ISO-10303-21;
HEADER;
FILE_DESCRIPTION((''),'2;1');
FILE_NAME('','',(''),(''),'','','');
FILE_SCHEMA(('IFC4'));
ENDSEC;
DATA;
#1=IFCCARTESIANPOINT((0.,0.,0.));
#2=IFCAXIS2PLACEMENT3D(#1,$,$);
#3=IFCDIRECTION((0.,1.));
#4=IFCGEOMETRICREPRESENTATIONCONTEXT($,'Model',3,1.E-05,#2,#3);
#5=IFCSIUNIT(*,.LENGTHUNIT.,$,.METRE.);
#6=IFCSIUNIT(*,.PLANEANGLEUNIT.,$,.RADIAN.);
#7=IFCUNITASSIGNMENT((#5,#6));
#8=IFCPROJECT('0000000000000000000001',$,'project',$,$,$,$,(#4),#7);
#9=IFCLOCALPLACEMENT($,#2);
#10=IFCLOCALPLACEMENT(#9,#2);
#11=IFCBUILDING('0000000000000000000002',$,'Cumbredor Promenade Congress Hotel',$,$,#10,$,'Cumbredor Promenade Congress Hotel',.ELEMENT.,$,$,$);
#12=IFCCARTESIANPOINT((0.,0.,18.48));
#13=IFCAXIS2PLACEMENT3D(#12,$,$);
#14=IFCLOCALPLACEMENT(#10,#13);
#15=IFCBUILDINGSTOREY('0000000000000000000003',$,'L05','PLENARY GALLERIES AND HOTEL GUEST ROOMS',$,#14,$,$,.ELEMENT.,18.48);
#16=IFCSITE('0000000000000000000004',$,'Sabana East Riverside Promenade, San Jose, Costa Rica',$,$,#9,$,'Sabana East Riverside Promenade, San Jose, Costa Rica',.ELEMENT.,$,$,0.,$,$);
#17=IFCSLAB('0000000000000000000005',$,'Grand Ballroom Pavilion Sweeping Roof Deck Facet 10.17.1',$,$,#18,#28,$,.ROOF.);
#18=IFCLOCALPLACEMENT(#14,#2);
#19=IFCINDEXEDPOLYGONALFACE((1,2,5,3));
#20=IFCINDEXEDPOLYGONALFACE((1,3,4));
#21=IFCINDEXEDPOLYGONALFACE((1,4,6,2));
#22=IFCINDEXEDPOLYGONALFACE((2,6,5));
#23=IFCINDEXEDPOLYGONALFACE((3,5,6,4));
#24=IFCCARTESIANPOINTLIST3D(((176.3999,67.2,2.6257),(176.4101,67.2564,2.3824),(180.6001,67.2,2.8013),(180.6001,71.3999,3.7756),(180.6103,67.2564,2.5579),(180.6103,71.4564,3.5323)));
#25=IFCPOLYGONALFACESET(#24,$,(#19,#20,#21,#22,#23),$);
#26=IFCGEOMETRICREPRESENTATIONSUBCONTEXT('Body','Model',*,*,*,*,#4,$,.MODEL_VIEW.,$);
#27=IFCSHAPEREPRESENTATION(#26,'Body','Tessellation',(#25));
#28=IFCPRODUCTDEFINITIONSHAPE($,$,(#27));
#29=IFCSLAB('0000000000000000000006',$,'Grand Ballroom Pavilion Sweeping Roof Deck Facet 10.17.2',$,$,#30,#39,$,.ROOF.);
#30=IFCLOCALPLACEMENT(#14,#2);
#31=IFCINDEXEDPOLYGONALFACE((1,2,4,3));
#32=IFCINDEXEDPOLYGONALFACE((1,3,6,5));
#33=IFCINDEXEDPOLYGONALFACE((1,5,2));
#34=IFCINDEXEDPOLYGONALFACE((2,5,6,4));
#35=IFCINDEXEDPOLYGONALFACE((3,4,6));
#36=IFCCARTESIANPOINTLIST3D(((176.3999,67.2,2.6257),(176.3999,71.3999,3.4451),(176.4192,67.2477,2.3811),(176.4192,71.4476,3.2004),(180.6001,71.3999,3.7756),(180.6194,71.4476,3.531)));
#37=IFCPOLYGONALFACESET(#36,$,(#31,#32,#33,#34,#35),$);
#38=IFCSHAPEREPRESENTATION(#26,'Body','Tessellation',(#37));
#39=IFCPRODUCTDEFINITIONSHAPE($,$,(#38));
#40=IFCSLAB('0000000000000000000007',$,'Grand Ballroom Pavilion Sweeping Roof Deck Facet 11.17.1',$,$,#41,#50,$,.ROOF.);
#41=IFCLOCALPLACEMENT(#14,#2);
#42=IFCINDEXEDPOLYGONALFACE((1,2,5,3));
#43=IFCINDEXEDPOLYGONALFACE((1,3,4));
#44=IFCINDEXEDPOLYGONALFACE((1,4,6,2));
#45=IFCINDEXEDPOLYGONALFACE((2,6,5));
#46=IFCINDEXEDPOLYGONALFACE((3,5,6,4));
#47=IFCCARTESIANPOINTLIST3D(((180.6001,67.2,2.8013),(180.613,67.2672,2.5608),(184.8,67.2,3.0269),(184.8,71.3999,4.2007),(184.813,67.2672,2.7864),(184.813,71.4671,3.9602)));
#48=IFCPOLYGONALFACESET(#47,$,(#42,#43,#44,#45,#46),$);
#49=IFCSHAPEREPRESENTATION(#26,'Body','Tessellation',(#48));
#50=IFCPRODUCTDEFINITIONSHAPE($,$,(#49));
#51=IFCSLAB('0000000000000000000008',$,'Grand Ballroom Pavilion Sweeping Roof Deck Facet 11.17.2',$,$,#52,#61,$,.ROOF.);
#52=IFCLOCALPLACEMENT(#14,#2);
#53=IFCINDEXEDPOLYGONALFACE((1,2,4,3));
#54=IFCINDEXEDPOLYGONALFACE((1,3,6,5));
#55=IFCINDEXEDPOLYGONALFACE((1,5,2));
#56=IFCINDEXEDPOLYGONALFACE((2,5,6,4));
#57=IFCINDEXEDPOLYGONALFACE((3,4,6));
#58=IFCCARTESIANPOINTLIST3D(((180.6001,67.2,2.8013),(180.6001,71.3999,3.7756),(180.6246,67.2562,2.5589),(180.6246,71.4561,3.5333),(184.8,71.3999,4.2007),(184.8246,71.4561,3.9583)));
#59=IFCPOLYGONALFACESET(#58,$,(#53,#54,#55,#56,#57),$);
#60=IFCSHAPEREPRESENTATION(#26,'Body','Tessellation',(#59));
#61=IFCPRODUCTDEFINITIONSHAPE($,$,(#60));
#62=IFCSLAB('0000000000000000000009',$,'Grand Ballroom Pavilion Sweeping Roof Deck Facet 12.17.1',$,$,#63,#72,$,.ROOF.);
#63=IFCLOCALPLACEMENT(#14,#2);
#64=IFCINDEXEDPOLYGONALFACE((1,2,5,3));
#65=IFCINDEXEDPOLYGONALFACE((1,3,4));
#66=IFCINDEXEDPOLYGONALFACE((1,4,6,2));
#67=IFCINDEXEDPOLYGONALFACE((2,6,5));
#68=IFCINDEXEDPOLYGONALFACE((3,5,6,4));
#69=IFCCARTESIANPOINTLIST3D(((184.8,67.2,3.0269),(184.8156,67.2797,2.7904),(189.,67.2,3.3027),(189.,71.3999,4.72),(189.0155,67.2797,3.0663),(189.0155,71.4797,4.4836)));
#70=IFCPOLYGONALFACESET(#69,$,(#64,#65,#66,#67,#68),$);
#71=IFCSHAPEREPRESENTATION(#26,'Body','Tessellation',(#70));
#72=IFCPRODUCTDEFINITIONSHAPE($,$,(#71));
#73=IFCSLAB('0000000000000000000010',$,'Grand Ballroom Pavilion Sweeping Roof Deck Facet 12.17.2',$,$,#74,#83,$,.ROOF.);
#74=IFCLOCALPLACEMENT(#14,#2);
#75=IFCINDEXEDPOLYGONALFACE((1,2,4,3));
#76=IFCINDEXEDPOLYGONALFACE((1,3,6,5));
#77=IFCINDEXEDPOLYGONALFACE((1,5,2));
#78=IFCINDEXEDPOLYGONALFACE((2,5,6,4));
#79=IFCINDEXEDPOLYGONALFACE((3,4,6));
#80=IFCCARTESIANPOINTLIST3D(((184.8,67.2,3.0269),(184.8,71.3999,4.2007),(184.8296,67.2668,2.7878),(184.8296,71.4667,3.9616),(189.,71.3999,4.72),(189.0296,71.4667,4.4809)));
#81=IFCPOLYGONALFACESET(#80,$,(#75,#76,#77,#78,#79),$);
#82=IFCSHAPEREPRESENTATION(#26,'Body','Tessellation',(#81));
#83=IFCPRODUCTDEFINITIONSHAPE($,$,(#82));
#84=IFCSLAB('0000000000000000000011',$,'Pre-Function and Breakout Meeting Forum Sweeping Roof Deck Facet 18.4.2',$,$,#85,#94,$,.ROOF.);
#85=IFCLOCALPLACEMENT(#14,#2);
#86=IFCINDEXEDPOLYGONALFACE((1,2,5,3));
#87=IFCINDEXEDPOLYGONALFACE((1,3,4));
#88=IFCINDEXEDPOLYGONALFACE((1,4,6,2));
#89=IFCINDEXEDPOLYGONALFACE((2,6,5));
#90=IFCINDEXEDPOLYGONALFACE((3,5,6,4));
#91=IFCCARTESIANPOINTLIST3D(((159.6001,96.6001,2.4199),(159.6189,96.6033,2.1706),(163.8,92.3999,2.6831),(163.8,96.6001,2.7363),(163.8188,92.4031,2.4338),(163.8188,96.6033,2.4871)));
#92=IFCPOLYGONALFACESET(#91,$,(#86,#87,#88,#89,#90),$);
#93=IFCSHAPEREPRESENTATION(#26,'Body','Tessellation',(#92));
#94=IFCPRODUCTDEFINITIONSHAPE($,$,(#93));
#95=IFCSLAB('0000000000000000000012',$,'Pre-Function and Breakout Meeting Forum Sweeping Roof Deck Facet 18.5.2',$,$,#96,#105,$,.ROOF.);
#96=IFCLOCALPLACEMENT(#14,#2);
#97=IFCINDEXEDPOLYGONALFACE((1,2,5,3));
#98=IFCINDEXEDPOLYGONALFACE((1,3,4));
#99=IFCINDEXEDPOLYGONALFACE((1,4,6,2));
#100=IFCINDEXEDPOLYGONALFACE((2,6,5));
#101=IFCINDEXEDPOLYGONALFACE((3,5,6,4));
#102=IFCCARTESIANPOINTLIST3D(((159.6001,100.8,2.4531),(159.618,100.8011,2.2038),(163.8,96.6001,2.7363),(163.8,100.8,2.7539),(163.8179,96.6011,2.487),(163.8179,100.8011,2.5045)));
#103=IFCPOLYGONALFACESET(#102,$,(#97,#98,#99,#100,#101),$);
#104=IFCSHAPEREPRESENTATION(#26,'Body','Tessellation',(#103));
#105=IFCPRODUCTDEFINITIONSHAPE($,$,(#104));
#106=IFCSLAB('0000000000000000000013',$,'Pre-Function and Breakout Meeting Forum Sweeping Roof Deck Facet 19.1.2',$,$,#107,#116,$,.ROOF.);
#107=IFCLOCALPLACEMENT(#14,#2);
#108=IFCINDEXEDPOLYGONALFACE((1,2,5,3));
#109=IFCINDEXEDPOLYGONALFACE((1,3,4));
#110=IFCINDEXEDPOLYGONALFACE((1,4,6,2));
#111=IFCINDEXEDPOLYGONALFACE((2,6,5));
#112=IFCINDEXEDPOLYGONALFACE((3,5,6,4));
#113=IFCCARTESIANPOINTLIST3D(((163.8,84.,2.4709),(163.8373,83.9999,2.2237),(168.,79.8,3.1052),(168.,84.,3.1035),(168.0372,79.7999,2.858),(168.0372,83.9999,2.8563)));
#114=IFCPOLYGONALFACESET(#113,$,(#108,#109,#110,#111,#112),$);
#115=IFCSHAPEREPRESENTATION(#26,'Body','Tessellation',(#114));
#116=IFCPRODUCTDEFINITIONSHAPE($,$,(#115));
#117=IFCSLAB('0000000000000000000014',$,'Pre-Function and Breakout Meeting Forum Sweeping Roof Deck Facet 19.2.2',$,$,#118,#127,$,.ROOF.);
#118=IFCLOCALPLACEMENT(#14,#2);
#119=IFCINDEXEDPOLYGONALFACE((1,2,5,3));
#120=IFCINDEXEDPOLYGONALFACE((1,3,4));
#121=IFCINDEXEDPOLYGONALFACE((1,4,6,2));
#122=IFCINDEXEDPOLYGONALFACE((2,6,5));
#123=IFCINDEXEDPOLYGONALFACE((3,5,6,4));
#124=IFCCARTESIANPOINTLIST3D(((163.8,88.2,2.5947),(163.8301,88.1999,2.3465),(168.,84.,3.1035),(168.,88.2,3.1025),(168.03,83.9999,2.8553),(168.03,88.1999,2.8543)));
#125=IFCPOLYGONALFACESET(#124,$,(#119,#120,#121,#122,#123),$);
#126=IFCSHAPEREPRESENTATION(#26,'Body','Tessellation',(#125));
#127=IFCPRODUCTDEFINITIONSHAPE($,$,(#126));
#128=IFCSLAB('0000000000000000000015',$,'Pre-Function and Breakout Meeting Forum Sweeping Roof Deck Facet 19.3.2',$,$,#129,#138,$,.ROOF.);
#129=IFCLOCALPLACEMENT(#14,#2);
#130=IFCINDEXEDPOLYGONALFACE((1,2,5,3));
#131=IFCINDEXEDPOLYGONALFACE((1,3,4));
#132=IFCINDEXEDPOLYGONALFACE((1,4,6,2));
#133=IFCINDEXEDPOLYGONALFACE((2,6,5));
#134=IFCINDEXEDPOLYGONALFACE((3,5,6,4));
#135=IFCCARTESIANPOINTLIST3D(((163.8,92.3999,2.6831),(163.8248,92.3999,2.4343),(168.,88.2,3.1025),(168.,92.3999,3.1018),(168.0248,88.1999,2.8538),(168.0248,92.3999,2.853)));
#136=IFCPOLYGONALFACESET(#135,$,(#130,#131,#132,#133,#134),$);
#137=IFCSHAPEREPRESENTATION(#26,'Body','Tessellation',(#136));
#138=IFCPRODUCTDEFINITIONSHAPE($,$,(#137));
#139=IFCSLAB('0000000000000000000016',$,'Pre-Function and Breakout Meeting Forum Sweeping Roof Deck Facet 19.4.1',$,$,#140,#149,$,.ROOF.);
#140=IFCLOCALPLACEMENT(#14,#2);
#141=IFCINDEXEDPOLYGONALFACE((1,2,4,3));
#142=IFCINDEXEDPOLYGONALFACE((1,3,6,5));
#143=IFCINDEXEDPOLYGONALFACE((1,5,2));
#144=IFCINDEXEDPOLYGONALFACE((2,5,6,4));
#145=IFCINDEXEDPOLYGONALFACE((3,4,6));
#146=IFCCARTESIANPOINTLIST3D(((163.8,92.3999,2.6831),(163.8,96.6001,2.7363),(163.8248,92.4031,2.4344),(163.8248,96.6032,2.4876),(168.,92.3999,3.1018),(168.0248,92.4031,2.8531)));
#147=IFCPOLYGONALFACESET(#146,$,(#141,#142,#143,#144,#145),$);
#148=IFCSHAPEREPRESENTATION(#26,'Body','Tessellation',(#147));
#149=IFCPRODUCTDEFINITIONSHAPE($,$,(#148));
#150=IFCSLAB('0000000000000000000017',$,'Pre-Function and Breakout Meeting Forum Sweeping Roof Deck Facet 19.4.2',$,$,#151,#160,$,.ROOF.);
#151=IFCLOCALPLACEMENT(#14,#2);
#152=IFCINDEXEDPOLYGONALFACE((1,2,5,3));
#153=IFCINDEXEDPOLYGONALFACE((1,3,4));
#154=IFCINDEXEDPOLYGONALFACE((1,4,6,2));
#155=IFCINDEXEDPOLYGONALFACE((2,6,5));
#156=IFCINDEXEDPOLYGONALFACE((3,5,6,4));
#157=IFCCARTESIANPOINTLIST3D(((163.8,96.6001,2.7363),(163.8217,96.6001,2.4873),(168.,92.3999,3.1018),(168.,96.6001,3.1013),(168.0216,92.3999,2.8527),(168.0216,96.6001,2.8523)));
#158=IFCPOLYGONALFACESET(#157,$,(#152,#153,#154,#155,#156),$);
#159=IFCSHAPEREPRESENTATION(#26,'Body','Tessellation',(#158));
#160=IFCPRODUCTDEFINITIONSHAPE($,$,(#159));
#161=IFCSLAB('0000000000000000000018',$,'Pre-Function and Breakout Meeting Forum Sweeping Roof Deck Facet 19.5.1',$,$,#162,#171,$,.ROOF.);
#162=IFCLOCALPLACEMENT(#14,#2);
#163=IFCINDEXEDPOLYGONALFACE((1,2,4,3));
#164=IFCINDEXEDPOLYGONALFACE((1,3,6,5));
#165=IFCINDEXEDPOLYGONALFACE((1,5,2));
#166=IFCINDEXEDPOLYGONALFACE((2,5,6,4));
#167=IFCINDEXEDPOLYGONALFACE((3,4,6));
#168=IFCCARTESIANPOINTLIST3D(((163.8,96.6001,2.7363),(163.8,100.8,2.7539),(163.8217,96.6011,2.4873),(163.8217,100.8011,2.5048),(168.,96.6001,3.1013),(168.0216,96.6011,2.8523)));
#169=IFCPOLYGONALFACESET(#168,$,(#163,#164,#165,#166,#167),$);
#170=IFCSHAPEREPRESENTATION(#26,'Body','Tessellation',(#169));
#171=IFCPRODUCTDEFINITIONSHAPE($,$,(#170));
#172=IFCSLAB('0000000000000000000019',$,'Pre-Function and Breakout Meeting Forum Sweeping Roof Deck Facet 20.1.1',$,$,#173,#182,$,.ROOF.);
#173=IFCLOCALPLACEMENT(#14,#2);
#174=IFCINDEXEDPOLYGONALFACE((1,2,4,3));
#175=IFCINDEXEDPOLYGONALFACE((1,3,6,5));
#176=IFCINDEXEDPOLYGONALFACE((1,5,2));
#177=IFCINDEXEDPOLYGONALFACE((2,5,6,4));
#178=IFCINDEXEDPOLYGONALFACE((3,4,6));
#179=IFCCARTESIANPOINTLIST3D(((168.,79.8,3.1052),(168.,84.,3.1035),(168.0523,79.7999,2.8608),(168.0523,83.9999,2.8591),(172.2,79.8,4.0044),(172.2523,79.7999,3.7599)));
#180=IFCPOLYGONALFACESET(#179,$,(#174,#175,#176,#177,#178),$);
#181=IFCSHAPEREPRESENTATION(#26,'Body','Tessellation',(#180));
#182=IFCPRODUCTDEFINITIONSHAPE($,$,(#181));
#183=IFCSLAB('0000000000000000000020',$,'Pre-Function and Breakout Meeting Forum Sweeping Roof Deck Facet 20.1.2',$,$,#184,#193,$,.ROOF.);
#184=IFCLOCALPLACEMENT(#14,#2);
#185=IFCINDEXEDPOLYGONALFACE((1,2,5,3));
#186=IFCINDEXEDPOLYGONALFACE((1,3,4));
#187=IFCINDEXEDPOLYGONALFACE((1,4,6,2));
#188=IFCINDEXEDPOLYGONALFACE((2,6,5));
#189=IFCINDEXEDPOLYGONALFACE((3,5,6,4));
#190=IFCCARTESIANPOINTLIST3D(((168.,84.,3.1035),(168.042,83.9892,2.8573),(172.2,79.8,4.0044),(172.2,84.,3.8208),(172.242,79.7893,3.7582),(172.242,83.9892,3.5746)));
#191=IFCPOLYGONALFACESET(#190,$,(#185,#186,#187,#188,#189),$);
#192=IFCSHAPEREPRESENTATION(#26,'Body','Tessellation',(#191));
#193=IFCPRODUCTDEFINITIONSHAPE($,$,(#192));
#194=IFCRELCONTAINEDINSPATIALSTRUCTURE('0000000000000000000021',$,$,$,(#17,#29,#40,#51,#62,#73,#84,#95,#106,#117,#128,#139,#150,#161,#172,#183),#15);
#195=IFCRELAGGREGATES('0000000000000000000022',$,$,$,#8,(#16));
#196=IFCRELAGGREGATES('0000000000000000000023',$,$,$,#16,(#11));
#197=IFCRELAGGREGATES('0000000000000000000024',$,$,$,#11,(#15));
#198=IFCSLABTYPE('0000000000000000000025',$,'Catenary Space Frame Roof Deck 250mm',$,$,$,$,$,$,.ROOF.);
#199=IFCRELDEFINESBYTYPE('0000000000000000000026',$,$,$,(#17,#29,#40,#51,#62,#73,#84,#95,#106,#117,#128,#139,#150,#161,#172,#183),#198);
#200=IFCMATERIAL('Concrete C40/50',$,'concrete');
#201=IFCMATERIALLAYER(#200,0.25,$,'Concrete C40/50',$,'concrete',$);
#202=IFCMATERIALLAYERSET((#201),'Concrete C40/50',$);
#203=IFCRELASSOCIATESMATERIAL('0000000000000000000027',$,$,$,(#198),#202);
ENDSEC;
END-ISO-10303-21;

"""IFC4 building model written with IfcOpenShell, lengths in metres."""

from ifc_helpers import new_model, si_unit, direction, frame, origin, place, context, subcontext, project, spatial, polyline, outline, extrude, material, layer, layer_set, type_object, element, save


model = new_model("IFC4")

# Units and contexts
model_context = context("Model", 3, precision=1e-05, world=origin(), true_north=direction((0.0, 1.0)))
body_context = subcontext(model_context, "Body", "Model", "MODEL_VIEW")
ifc_project = project(units=[si_unit("LENGTHUNIT", "METRE"), si_unit("PLANEANGLEUNIT", "RADIAN")], contexts=[model_context])

# Site, building, storey
site_placement = place(None, origin())
site = spatial("IfcSite", under=ifc_project, at=site_placement, Name="Sabana East Riverside Promenade, San Jose, Costa Rica", LongName="Sabana East Riverside Promenade, San Jose, Costa Rica", CompositionType="ELEMENT", RefElevation=0.0)
building_placement = place(site_placement, origin())
building = spatial("IfcBuilding", under=site, at=building_placement, Name="Cumbredor Promenade Congress Hotel", LongName="Cumbredor Promenade Congress Hotel", CompositionType="ELEMENT")
storey_placement = place(building_placement, frame((0.0, 0.0, 18.48)))
storey = spatial("IfcBuildingStorey", under=building, at=storey_placement, Name="L05", Description="PLENARY GALLERIES AND HOTEL GUEST ROOMS", CompositionType="ELEMENT", Elevation=18.48)

# Slabs
ifc_material_1 = material(Name="Concrete C40/50", Category="concrete")
ifc_layer_1 = layer(ifc_material_1, 0.25, Name="Concrete C40/50", Category="concrete")
ifc_layer_set_1 = layer_set([ifc_layer_1], Name="Concrete C40/50")
slab_type = type_object("IfcSlabType", Name="Catenary Space Frame Roof Deck 250mm", PredefinedType="ROOF", material=ifc_layer_set_1)
slab_1_placement = place(storey_placement, frame((176.3999, 67.2, 2.6257), z_axis=(-0.040678, -0.225805, 0.973323), x_axis=(0.999128, 0.0, 0.041756)))
element("IfcSlab", 1, at=slab_1_placement, inside=storey, type_object=slab_type, Name="Grand Ballroom Pavilion Sweeping Roof Deck Facet 10.17.1", PredefinedType="ROOF", context=body_context, shape_type="SweptSolid", body=[
    extrude(outline(polyline([(0.0, 0.0), (4.2039, 0.0), (4.2445, 4.3113), (0.0, 0.0)])), origin(), (0.0, 0.0, -1.0), 0.25),
])
slab_2_placement = place(storey_placement, frame((176.3999, 67.2, 2.6257), z_axis=(-0.077017, -0.190904, 0.978583), x_axis=(0.694238, 0.694197, 0.190064)))
element("IfcSlab", 2, at=slab_2_placement, inside=storey, type_object=slab_type, Name="Grand Ballroom Pavilion Sweeping Roof Deck Facet 10.17.2", PredefinedType="ROOF", context=body_context, shape_type="SweptSolid", body=[
    extrude(outline(polyline([(0.0, 0.0), (6.0501, 0.0), (3.0713, 2.9796), (0.0, 0.0)])), origin(), (0.0, 0.0, -1.0), 0.25),
])
slab_3_placement = place(storey_placement, frame((180.6001, 67.2, 2.8013), z_axis=(-0.05166, -0.268812, 0.961806), x_axis=(0.998561, 0.0, 0.053634)))
element("IfcSlab", 3, at=slab_3_placement, inside=storey, type_object=slab_type, Name="Grand Ballroom Pavilion Sweeping Roof Deck Facet 11.17.1", PredefinedType="ROOF", context=body_context, shape_type="SweptSolid", body=[
    extrude(outline(polyline([(0.0, 0.0), (4.206, 0.0), (4.269, 4.3604), (0.0, 0.0)])), origin(), (0.0, 0.0, -1.0), 0.25),
])
slab_4_placement = place(storey_placement, frame((180.6001, 67.2, 2.8013), z_axis=(-0.098109, -0.224902, 0.969429), x_axis=(0.688262, 0.688262, 0.229327)))
element("IfcSlab", 4, at=slab_4_placement, inside=storey, type_object=slab_type, Name="Grand Ballroom Pavilion Sweeping Roof Deck Facet 11.17.2", PredefinedType="ROOF", context=body_context, shape_type="SweptSolid", body=[
    extrude(outline(polyline([(0.0, 0.0), (6.1023, 0.0), (3.1141, 2.9818), (0.0, 0.0)])), origin(), (0.0, 0.0, -1.0), 0.25),
])
slab_5_placement = place(storey_placement, frame((184.8, 67.2, 3.0269), z_axis=(-0.062118, -0.319111, 0.945679), x_axis=(0.99785, 0.0, 0.065545)))
element("IfcSlab", 5, at=slab_5_placement, inside=storey, type_object=slab_type, Name="Grand Ballroom Pavilion Sweeping Roof Deck Facet 12.17.1", PredefinedType="ROOF", context=body_context, shape_type="SweptSolid", body=[
    extrude(outline(polyline([(0.0, 0.0), (4.209, 0.0), (4.3019, 4.4316), (0.0, 0.0)])), origin(), (0.0, 0.0, -1.0), 0.25),
])
slab_6_placement = place(storey_placement, frame((184.8, 67.2, 3.0269), z_axis=(-0.118243, -0.267283, 0.956336), x_axis=(0.680019, 0.680019, 0.274134)))
element("IfcSlab", 6, at=slab_6_placement, inside=storey, type_object=slab_type, Name="Grand Ballroom Pavilion Sweeping Roof Deck Facet 12.17.2", PredefinedType="ROOF", context=body_context, shape_type="SweptSolid", body=[
    extrude(outline(polyline([(0.0, 0.0), (6.1762, 0.0), (3.1778, 2.9864), (0.0, 0.0)])), origin(), (0.0, 0.0, -1.0), 0.25),
])
slab_7_placement = place(storey_placement, frame((163.8, 92.3999, 2.6831), z_axis=(-0.075117, -0.012635, 0.997095), x_axis=(0.0, 0.99992, 0.01267)))
element("IfcSlab", 7, at=slab_7_placement, inside=storey, type_object=slab_type, Name="Pre-Function and Breakout Meeting Forum Sweeping Roof Deck Facet 18.4.2", PredefinedType="ROOF", context=body_context, shape_type="SweptSolid", body=[
    extrude(outline(polyline([(0.0, 0.0), (4.2005, 0.0), (4.1965, 4.2119), (0.0, 0.0)])), origin(), (0.0, 0.0, -1.0), 0.25),
])
slab_8_placement = place(storey_placement, frame((163.8, 96.6001, 2.7363), z_axis=(-0.071432, -0.004175, 0.997437), x_axis=(0.0, 0.999991, 0.004185)))
element("IfcSlab", 8, at=slab_8_placement, inside=storey, type_object=slab_type, Name="Pre-Function and Breakout Meeting Forum Sweeping Roof Deck Facet 18.5.2", PredefinedType="ROOF", context=body_context, shape_type="SweptSolid", body=[
    extrude(outline(polyline([(0.0, 0.0), (4.2, 0.0), (4.1987, 4.2107), (0.0, 0.0)])), origin(), (0.0, 0.0, -1.0), 0.25),
])
slab_9_placement = place(storey_placement, frame((168.0, 79.8, 3.1052), z_axis=(-0.148933, 0.000402, 0.988847), x_axis=(0.0, 1.0, -0.000407)))
element("IfcSlab", 9, at=slab_9_placement, inside=storey, type_object=slab_type, Name="Pre-Function and Breakout Meeting Forum Sweeping Roof Deck Facet 19.1.2", PredefinedType="ROOF", context=body_context, shape_type="SweptSolid", body=[
    extrude(outline(polyline([(0.0, 0.0), (4.2, 0.0), (4.2002, 4.2473), (0.0, 0.0)])), origin(), (0.0, 0.0, -1.0), 0.25),
])
slab_10_placement = place(storey_placement, frame((168.0, 84.0, 3.1035), z_axis=(-0.120035, 0.000231, 0.99277), x_axis=(0.0, 1.0, -0.000233)))
element("IfcSlab", 10, at=slab_10_placement, inside=storey, type_object=slab_type, Name="Pre-Function and Breakout Meeting Forum Sweeping Roof Deck Facet 19.2.2", PredefinedType="ROOF", context=body_context, shape_type="SweptSolid", body=[
    extrude(outline(polyline([(0.0, 0.0), (4.2, 0.0), (4.2001, 4.2305), (0.0, 0.0)])), origin(), (0.0, 0.0, -1.0), 0.25),
])
slab_11_placement = place(storey_placement, frame((168.0, 88.2, 3.1025), z_axis=(-0.0992, 0.000174, 0.995067), x_axis=(0.0, 1.0, -0.000174)))
element("IfcSlab", 11, at=slab_11_placement, inside=storey, type_object=slab_type, Name="Pre-Function and Breakout Meeting Forum Sweeping Roof Deck Facet 19.3.2", PredefinedType="ROOF", context=body_context, shape_type="SweptSolid", body=[
    extrude(outline(polyline([(0.0, 0.0), (4.2, 0.0), (4.2, 4.2208), (0.0, 0.0)])), origin(), (0.0, 0.0, -1.0), 0.25),
])
slab_12_placement = place(storey_placement, frame((163.8, 92.3999, 2.6831), z_axis=(-0.099192, -0.012608, 0.994988), x_axis=(0.995067, 0.0, 0.0992)))
element("IfcSlab", 12, at=slab_12_placement, inside=storey, type_object=slab_type, Name="Pre-Function and Breakout Meeting Forum Sweeping Roof Deck Facet 19.4.1", PredefinedType="ROOF", context=body_context, shape_type="SweptSolid", body=[
    extrude(outline(polyline([(0.0, 0.0), (4.2208, 0.0), (0.0053, 4.2005), (0.0, 0.0)])), origin(), (0.0, 0.0, -1.0), 0.25),
])
slab_13_placement = place(storey_placement, frame((168.0, 92.3999, 3.1018), z_axis=(-0.086577, 0.000116, 0.996245), x_axis=(0.0, 1.0, -0.000116)))
element("IfcSlab", 13, at=slab_13_placement, inside=storey, type_object=slab_type, Name="Pre-Function and Breakout Meeting Forum Sweeping Roof Deck Facet 19.4.2", PredefinedType="ROOF", context=body_context, shape_type="SweptSolid", body=[
    extrude(outline(polyline([(0.0, 0.0), (4.2002, 0.0), (4.2002, 4.2158), (0.0, 0.0)])), origin(), (0.0, 0.0, -1.0), 0.25),
])
slab_14_placement = place(storey_placement, frame((163.8, 96.6001, 2.7363), z_axis=(-0.086576, -0.00417, 0.996236), x_axis=(0.996245, 0.0, 0.086577)))
element("IfcSlab", 14, at=slab_14_placement, inside=storey, type_object=slab_type, Name="Pre-Function and Breakout Meeting Forum Sweeping Roof Deck Facet 19.5.1", PredefinedType="ROOF", context=body_context, shape_type="SweptSolid", body=[
    extrude(outline(polyline([(0.0, 0.0), (4.2158, 0.0), (0.0015, 4.2), (0.0, 0.0)])), origin(), (0.0, 0.0, -1.0), 0.25),
])
slab_15_placement = place(storey_placement, frame((168.0, 79.8, 3.1052), z_axis=(-0.209347, 0.000398, 0.977841), x_axis=(0.977841, 0.0, 0.209347)))
element("IfcSlab", 15, at=slab_15_placement, inside=storey, type_object=slab_type, Name="Pre-Function and Breakout Meeting Forum Sweeping Roof Deck Facet 20.1.1", PredefinedType="ROOF", context=body_context, shape_type="SweptSolid", body=[
    extrude(outline(polyline([(0.0, 0.0), (4.2951, 0.0), (-0.0004, 4.2), (0.0, 0.0)])), origin(), (0.0, 0.0, -1.0), 0.25),
])
slab_16_placement = place(storey_placement, frame((172.2, 79.8, 4.0044), z_axis=(-0.168191, 0.043049, 0.984814), x_axis=(0.0, 0.999046, -0.043672)))
element("IfcSlab", 16, at=slab_16_placement, inside=storey, type_object=slab_type, Name="Pre-Function and Breakout Meeting Forum Sweeping Roof Deck Facet 20.1.2", PredefinedType="ROOF", context=body_context, shape_type="SweptSolid", body=[
    extrude(outline(polyline([(0.0, 0.0), (4.204, 0.0), (4.2353, 4.2606), (0.0, 0.0)])), origin(), (0.0, 0.0, -1.0), 0.25),
])

save(model, "model.ifc")
